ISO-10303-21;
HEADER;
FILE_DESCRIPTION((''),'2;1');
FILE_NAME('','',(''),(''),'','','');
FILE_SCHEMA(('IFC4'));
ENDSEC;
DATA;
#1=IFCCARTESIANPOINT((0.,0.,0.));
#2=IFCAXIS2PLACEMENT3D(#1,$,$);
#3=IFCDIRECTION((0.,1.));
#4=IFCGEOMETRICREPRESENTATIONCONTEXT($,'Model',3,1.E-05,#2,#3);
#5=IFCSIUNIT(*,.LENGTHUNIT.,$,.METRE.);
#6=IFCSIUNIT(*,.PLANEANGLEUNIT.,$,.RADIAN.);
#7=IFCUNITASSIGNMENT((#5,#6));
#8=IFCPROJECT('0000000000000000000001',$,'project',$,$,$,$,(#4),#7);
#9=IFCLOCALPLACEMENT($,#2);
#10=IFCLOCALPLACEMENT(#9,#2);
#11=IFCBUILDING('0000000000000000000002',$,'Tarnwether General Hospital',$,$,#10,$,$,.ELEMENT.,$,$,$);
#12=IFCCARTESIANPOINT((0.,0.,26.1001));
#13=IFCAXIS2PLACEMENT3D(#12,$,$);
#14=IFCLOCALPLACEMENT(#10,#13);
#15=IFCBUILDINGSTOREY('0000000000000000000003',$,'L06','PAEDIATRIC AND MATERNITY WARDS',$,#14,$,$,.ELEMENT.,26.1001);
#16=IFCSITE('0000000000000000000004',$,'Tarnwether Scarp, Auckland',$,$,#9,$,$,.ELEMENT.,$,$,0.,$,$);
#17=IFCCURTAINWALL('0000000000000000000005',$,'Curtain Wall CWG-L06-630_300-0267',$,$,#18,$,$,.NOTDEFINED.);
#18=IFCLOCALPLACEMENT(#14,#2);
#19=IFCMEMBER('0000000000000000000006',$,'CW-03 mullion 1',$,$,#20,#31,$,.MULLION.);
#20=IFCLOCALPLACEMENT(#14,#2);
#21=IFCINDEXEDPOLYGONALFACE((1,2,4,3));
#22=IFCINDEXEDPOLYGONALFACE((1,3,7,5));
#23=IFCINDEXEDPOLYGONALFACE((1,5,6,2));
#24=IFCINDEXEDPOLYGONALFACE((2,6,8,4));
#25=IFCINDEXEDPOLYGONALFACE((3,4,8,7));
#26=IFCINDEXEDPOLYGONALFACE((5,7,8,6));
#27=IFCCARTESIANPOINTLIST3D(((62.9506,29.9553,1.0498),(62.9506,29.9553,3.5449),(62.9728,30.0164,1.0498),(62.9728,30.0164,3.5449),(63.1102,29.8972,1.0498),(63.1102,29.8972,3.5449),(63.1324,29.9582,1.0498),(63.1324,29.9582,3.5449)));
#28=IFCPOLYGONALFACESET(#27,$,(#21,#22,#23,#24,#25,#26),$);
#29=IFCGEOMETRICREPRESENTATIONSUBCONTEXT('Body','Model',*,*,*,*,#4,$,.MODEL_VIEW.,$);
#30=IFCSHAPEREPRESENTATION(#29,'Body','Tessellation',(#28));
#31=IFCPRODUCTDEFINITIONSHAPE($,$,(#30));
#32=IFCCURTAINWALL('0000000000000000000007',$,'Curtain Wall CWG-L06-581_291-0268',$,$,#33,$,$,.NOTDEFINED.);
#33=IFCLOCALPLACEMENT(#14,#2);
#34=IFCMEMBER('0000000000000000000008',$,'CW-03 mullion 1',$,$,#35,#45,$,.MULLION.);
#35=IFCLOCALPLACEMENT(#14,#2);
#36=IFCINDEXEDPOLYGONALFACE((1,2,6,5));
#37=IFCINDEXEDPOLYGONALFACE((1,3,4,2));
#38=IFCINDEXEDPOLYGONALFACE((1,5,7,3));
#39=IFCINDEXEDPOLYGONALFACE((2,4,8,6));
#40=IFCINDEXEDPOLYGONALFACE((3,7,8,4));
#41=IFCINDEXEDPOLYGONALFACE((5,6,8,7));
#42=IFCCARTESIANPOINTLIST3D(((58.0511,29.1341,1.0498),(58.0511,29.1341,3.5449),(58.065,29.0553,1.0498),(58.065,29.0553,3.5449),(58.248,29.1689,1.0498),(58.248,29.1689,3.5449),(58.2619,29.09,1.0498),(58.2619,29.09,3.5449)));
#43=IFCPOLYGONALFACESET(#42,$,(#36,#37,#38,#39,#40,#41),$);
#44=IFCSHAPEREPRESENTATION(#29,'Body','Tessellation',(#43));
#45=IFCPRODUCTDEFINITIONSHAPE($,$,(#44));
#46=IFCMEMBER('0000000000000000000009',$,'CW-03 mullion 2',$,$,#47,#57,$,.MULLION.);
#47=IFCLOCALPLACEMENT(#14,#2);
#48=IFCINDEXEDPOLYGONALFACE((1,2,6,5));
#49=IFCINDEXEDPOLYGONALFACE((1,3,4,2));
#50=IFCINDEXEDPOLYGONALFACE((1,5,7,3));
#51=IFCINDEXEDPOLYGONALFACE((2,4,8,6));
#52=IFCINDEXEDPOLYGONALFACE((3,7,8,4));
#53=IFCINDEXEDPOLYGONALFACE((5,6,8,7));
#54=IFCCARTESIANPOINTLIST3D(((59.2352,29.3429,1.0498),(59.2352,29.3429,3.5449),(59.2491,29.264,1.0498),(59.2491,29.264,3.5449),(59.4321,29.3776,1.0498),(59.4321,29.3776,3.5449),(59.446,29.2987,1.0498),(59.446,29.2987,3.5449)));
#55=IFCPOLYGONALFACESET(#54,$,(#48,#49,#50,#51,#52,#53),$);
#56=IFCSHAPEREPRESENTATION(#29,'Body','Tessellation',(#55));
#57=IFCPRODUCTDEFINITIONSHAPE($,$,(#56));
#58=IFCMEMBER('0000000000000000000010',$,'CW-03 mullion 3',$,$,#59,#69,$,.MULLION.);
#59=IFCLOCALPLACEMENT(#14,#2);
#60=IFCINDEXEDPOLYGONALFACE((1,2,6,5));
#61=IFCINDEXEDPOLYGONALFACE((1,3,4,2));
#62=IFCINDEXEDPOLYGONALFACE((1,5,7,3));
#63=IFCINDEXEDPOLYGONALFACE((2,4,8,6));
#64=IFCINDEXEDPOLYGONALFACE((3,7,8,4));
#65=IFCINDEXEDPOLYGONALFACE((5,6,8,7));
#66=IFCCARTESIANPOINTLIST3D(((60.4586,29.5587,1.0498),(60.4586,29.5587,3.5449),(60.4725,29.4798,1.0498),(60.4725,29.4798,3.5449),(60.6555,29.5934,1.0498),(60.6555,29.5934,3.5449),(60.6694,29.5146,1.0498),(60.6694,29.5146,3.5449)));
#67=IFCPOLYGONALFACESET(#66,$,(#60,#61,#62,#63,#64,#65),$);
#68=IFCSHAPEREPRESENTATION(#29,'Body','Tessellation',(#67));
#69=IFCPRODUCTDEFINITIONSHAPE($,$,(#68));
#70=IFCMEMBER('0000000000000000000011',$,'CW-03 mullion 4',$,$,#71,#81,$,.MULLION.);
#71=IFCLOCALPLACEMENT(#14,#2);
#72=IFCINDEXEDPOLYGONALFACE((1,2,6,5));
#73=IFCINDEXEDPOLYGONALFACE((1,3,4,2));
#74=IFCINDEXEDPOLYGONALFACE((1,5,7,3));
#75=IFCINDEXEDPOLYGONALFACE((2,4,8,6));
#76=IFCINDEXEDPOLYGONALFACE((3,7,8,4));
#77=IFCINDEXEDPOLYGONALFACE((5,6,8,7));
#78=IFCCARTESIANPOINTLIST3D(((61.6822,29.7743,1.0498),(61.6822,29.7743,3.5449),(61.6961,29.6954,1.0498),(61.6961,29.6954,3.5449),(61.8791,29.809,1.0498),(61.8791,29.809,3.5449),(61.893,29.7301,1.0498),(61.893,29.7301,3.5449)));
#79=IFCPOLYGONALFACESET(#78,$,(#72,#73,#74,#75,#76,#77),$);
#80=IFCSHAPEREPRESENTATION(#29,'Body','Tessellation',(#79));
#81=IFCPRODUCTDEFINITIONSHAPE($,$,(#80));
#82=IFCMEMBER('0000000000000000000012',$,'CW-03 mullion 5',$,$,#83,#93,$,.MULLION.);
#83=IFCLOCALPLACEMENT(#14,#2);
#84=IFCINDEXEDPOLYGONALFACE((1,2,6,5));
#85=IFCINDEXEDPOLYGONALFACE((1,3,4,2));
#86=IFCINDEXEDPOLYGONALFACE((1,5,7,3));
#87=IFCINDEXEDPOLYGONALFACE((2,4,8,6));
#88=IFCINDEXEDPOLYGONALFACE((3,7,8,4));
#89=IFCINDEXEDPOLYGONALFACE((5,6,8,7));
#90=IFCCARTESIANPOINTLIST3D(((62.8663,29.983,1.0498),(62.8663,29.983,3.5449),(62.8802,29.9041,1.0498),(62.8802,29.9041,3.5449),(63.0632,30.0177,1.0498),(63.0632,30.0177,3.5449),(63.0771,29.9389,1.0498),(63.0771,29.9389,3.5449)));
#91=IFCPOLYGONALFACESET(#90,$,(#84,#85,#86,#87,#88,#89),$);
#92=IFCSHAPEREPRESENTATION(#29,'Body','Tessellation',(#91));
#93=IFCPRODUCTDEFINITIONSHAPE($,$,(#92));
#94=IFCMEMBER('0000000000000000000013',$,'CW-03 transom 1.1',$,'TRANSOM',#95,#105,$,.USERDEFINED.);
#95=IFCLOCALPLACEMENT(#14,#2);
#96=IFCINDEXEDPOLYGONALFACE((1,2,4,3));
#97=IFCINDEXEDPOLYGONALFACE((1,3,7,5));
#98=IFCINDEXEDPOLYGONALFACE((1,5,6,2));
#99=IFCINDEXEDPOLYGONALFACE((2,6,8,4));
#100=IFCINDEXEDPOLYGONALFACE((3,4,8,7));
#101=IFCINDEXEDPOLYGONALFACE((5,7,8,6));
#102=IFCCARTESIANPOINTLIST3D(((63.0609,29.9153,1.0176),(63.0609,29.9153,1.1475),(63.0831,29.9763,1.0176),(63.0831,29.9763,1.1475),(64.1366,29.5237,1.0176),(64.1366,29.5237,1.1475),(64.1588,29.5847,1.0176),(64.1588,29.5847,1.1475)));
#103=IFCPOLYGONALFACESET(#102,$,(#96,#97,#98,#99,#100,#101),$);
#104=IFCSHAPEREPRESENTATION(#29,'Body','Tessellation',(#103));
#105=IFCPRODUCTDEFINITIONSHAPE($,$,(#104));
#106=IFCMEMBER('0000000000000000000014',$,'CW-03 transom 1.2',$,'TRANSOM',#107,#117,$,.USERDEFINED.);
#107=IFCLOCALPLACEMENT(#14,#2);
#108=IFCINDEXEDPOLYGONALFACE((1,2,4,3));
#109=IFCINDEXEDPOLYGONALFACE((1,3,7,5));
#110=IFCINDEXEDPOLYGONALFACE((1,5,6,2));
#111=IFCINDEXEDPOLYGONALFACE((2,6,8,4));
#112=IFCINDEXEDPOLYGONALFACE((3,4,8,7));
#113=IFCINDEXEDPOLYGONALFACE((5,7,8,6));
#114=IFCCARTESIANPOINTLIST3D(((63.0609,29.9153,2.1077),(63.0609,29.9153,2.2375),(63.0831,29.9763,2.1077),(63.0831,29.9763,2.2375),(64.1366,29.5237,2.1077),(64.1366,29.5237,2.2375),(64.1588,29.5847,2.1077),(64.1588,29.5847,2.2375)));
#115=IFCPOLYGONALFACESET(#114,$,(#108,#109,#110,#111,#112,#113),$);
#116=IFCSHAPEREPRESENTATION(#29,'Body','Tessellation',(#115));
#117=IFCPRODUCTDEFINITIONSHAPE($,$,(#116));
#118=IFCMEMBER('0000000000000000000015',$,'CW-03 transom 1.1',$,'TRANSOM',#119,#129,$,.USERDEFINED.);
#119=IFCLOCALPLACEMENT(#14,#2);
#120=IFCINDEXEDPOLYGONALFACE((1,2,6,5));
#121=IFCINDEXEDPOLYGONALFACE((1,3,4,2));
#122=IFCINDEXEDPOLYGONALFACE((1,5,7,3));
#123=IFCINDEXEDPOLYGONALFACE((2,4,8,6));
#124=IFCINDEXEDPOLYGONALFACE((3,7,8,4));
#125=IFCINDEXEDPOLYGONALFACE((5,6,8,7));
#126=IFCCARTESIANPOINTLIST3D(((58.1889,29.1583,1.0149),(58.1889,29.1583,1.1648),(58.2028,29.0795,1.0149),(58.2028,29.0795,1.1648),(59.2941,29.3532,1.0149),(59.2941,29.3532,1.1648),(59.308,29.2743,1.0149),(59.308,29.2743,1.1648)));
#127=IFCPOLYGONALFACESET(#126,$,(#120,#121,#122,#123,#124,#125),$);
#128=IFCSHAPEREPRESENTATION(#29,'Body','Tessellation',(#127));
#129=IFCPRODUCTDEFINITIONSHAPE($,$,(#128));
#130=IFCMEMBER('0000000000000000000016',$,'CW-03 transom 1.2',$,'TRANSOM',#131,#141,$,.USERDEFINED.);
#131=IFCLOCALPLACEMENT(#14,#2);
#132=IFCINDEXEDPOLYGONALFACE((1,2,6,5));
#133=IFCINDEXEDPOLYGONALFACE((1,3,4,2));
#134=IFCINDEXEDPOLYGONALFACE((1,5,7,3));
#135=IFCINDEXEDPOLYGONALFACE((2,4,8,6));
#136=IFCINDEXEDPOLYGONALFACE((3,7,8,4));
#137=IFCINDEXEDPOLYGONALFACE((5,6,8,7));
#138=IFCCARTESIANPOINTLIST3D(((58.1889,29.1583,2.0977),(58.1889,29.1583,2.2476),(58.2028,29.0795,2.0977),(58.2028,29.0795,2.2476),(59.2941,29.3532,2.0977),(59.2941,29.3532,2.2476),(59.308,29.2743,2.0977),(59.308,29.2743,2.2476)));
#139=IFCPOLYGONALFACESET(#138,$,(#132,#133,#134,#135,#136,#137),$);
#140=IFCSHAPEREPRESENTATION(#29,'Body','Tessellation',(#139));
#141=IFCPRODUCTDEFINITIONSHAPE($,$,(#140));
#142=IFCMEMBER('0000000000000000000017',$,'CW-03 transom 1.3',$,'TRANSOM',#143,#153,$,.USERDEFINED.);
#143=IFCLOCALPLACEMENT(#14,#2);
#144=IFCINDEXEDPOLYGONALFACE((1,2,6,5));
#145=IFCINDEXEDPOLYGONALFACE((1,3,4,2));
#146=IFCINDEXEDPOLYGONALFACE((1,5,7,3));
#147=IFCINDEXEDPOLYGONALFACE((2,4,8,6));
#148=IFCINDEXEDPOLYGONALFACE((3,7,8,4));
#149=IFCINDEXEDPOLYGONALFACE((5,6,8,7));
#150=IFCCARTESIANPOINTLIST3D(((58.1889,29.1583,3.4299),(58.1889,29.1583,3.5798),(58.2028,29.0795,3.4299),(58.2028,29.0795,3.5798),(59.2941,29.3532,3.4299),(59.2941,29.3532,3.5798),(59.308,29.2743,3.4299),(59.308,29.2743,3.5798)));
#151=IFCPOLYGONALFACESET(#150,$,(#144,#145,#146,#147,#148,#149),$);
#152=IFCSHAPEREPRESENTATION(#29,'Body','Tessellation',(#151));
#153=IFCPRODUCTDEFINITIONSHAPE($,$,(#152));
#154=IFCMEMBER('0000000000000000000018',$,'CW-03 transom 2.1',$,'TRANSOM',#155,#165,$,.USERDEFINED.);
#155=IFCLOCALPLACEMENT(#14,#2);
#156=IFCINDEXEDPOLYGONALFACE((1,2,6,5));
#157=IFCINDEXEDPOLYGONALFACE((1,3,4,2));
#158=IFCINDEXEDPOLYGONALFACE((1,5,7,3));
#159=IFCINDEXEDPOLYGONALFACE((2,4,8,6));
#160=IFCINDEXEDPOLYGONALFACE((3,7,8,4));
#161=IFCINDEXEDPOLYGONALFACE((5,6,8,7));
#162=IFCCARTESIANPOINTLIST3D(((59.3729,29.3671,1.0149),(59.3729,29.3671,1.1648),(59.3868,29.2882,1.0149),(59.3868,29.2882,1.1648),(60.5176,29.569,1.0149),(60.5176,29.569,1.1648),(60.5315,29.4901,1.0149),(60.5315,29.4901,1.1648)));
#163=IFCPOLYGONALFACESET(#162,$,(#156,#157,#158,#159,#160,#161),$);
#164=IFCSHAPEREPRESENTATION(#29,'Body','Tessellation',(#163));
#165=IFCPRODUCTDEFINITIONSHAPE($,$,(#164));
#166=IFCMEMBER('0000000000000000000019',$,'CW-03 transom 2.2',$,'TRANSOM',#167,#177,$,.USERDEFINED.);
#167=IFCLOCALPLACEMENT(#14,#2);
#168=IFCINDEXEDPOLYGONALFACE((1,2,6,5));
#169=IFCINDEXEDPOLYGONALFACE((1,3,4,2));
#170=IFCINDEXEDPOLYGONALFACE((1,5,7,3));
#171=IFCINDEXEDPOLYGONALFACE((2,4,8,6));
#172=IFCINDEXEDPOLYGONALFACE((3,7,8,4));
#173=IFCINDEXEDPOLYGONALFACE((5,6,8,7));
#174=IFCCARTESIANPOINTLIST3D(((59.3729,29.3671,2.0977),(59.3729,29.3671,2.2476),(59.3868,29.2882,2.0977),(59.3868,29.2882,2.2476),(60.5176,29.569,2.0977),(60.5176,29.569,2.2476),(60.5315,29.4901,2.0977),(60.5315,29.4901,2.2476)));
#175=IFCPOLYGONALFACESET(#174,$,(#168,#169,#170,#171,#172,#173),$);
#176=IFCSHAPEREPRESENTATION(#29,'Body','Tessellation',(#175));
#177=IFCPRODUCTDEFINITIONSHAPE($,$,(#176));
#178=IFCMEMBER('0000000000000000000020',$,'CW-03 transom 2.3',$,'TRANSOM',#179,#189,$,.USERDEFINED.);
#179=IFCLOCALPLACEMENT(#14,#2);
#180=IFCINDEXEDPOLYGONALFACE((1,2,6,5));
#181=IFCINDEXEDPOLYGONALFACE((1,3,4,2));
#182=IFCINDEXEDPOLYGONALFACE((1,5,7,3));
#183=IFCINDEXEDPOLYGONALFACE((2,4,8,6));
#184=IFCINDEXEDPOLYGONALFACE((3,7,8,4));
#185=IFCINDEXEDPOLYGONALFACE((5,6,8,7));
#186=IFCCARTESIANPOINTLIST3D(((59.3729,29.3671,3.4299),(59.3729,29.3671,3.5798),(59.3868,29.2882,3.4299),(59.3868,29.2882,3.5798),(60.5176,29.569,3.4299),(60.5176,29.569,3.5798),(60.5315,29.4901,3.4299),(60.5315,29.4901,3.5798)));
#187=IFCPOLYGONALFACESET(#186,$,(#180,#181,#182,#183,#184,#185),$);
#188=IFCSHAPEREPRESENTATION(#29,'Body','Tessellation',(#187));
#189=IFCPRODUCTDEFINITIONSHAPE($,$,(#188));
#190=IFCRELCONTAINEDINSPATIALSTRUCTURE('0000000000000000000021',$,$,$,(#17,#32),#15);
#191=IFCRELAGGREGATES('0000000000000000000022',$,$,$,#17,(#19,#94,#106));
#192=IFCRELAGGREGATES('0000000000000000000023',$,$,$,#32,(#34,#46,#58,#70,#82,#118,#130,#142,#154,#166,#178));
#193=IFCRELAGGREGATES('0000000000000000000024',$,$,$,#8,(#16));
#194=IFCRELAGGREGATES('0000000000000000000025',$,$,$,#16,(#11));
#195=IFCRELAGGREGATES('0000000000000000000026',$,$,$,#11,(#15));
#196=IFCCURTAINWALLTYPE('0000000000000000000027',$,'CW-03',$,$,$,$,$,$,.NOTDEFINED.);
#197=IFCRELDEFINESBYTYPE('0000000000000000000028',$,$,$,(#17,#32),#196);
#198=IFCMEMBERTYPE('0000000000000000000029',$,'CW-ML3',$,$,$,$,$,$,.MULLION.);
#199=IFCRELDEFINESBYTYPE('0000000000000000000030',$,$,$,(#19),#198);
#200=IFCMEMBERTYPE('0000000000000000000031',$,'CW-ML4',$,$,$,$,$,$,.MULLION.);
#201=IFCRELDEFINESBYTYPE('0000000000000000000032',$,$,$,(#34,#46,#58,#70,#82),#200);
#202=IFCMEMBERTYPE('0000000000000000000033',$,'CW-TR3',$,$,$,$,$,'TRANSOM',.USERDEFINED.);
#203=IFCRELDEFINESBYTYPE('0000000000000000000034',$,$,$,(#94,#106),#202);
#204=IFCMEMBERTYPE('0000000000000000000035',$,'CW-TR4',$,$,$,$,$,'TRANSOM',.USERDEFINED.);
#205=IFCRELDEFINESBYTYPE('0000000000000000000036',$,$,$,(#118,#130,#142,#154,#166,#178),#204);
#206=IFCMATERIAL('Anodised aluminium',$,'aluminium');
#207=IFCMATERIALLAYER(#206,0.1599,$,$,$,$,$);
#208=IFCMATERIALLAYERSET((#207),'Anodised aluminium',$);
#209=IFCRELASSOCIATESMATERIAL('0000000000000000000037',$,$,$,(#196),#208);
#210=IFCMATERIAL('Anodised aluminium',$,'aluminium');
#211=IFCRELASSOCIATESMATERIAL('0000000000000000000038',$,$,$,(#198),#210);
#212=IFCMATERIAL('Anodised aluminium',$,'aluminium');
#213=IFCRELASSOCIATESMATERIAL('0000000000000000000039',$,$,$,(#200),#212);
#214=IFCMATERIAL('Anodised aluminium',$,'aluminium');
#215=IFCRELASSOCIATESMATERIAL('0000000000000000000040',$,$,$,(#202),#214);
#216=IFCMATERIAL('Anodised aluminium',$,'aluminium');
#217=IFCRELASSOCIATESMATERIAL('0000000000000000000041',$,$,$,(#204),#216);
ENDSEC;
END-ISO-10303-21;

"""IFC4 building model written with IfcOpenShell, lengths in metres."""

from ifc_helpers import new_model, si_unit, direction, frame, origin, origin_2d, place, context, subcontext, project, spatial, rectangle, extrude, material, layer, layer_set, material_profile, profile_set, type_object, element, aggregate, save


model = new_model("IFC4")

# Units and contexts
model_context = context("Model", 3, precision=1e-05, world=origin(), true_north=direction((0.0, 1.0)))
body_context = subcontext(model_context, "Body", "Model", "MODEL_VIEW")
ifc_project = project(units=[si_unit("LENGTHUNIT", "METRE"), si_unit("PLANEANGLEUNIT", "RADIAN")], contexts=[model_context])

# Site, building, storey
site_placement = place(None, origin())
site = spatial("IfcSite", under=ifc_project, at=site_placement, Name="Tarnwether Scarp, Auckland", CompositionType="ELEMENT", RefElevation=0.0)
building_placement = place(site_placement, origin())
building = spatial("IfcBuilding", under=site, at=building_placement, Name="Tarnwether General Hospital", CompositionType="ELEMENT")
storey_placement = place(building_placement, frame((0.0, 0.0, 26.1001)))
storey = spatial("IfcBuildingStorey", under=building, at=storey_placement, Name="L06", Description="PAEDIATRIC AND MATERNITY WARDS", CompositionType="ELEMENT", Elevation=26.1001)

# Curtain wall, member
ifc_material_1 = material(Name="Anodised aluminium", Category="aluminium")
ifc_layer_1 = layer(ifc_material_1, 0.1599)
ifc_layer_set_1 = layer_set([ifc_layer_1], Name="Anodised aluminium")
curtain_wall_type = type_object("IfcCurtainWallType", Name="CW-03", PredefinedType="NOTDEFINED", material=ifc_layer_set_1)
curtain_wall_1_placement = place(storey_placement, origin())
curtain_wall_1 = element("IfcCurtainWall", 1, at=curtain_wall_1_placement, inside=storey, type_object=curtain_wall_type, Name="Curtain Wall CWG-L06-630_300-0267", PredefinedType="NOTDEFINED")
ifc_material_2 = material(Name="Anodised aluminium", Category="aluminium")
ifc_material_profile_1 = material_profile(ifc_material_2, rectangle(XDim=0.0649, YDim=0.1699, at=origin_2d()), Name="ALU-MUL-65x170")
ifc_profile_set_1 = profile_set([ifc_material_profile_1], Name="Anodised aluminium")
member_type_1 = type_object("IfcMemberType", Name="CW-ML3", PredefinedType="MULLION", material=ifc_profile_set_1)
member_1_placement = place(storey_placement, frame((63.0415, 29.9568, 1.0498), z_axis=(0.0, 0.0, 1.0), x_axis=(0.342131, 0.939652, 0.0)))
member_1 = element("IfcMember", 2, at=member_1_placement, type_object=member_type_1, Name="CW-03 mullion 1", PredefinedType="MULLION", context=body_context, shape_type="SweptSolid", body=[
    extrude(rectangle(XDim=0.0649, YDim=0.1699, at=origin_2d()), origin(), (0.0, 0.0, 1.0), 2.4951),
])

# Curtain wall, members
curtain_wall_2_placement = place(storey_placement, origin())
curtain_wall_2 = element("IfcCurtainWall", 3, at=curtain_wall_2_placement, inside=storey, type_object=curtain_wall_type, Name="Curtain Wall CWG-L06-581_291-0268", PredefinedType="NOTDEFINED")
ifc_material_3 = material(Name="Anodised aluminium", Category="aluminium")
ifc_material_profile_2 = material_profile(ifc_material_3, rectangle(XDim=0.0801, YDim=0.2, at=origin_2d()), Name="ALU-MUL-80x200")
ifc_profile_set_2 = profile_set([ifc_material_profile_2], Name="Anodised aluminium")
member_type_2 = type_object("IfcMemberType", Name="CW-ML4", PredefinedType="MULLION", material=ifc_profile_set_2)
member_2_placement = place(storey_placement, frame((58.1565, 29.1121, 1.0498), z_axis=(0.0, 0.0, 1.0), x_axis=(-0.173659, 0.984806, 0.0)))
member_2 = element("IfcMember", 4, at=member_2_placement, type_object=member_type_2, Name="CW-03 mullion 1", PredefinedType="MULLION", context=body_context, shape_type="SweptSolid", body=[
    extrude(rectangle(XDim=0.0801, YDim=0.2, at=origin_2d()), origin(), (0.0, 0.0, 1.0), 2.4951),
])
member_3_placement = place(storey_placement, frame((59.3406, 29.3208, 1.0498), z_axis=(0.0, 0.0, 1.0), x_axis=(-0.173659, 0.984806, 0.0)))
member_3 = element("IfcMember", 5, at=member_3_placement, type_object=member_type_2, Name="CW-03 mullion 2", PredefinedType="MULLION", context=body_context, shape_type="SweptSolid", body=[
    extrude(rectangle(XDim=0.0801, YDim=0.2, at=origin_2d()), origin(), (0.0, 0.0, 1.0), 2.4951),
])
member_4_placement = place(storey_placement, frame((60.564, 29.5366, 1.0498), z_axis=(0.0, 0.0, 1.0), x_axis=(-0.173659, 0.984806, 0.0)))
member_4 = element("IfcMember", 6, at=member_4_placement, type_object=member_type_2, Name="CW-03 mullion 3", PredefinedType="MULLION", context=body_context, shape_type="SweptSolid", body=[
    extrude(rectangle(XDim=0.0801, YDim=0.2, at=origin_2d()), origin(), (0.0, 0.0, 1.0), 2.4951),
])
member_5_placement = place(storey_placement, frame((61.7876, 29.7522, 1.0498), z_axis=(0.0, 0.0, 1.0), x_axis=(-0.173659, 0.984806, 0.0)))
member_5 = element("IfcMember", 7, at=member_5_placement, type_object=member_type_2, Name="CW-03 mullion 4", PredefinedType="MULLION", context=body_context, shape_type="SweptSolid", body=[
    extrude(rectangle(XDim=0.0801, YDim=0.2, at=origin_2d()), origin(), (0.0, 0.0, 1.0), 2.4951),
])
member_6_placement = place(storey_placement, frame((62.9717, 29.9609, 1.0498), z_axis=(0.0, 0.0, 1.0), x_axis=(-0.173659, 0.984806, 0.0)))
member_6 = element("IfcMember", 8, at=member_6_placement, type_object=member_type_2, Name="CW-03 mullion 5", PredefinedType="MULLION", context=body_context, shape_type="SweptSolid", body=[
    extrude(rectangle(XDim=0.0801, YDim=0.2, at=origin_2d()), origin(), (0.0, 0.0, 1.0), 2.4951),
])

# Members
ifc_material_4 = material(Name="Anodised aluminium", Category="aluminium")
ifc_material_profile_3 = material_profile(ifc_material_4, rectangle(XDim=0.0649, YDim=0.1299, at=origin_2d()), Name="ALU-TRN-65x130")
ifc_profile_set_3 = profile_set([ifc_material_profile_3], Name="Anodised aluminium")
member_type_3 = type_object("IfcMemberType", Name="CW-TR3", ElementType="TRANSOM", PredefinedType="USERDEFINED", material=ifc_profile_set_3)
member_7_placement = place(storey_placement, frame((63.072, 29.9458, 1.0825), z_axis=(0.939669, -0.342086, 0.0), x_axis=(0.342086, 0.939669, 0.0)))
member_7 = element("IfcMember", 9, at=member_7_placement, type_object=member_type_3, Name="CW-03 transom 1.1", ObjectType="TRANSOM", PredefinedType="USERDEFINED", context=body_context, shape_type="SweptSolid", body=[
    extrude(rectangle(XDim=0.0649, YDim=0.1299, at=origin_2d()), origin(), (0.0, 0.0, 1.0), 1.1448),
])
member_8_placement = place(storey_placement, frame((63.072, 29.9458, 2.1726), z_axis=(0.939669, -0.342086, 0.0), x_axis=(0.342086, 0.939669, 0.0)))
member_8 = element("IfcMember", 10, at=member_8_placement, type_object=member_type_3, Name="CW-03 transom 1.2", ObjectType="TRANSOM", PredefinedType="USERDEFINED", context=body_context, shape_type="SweptSolid", body=[
    extrude(rectangle(XDim=0.0649, YDim=0.1299, at=origin_2d()), origin(), (0.0, 0.0, 1.0), 1.1448),
])
aggregate(curtain_wall_1, [member_1, member_7, member_8])
ifc_material_5 = material(Name="Anodised aluminium", Category="aluminium")
ifc_material_profile_4 = material_profile(ifc_material_5, rectangle(XDim=0.0801, YDim=0.1499, at=origin_2d()), Name="ALU-TRN-80x150")
ifc_profile_set_4 = profile_set([ifc_material_profile_4], Name="Anodised aluminium")
member_type_4 = type_object("IfcMemberType", Name="CW-TR4", ElementType="TRANSOM", PredefinedType="USERDEFINED", material=ifc_profile_set_4)
member_9_placement = place(storey_placement, frame((58.1958, 29.1189, 1.0898), z_axis=(0.984816, 0.173599, 0.0), x_axis=(-0.173599, 0.984816, 0.0)))
member_9 = element("IfcMember", 11, at=member_9_placement, type_object=member_type_4, Name="CW-03 transom 1.1", ObjectType="TRANSOM", PredefinedType="USERDEFINED", context=body_context, shape_type="SweptSolid", body=[
    extrude(rectangle(XDim=0.0801, YDim=0.1499, at=origin_2d()), origin(), (0.0, 0.0, 1.0), 1.1223),
])
member_10_placement = place(storey_placement, frame((58.1958, 29.1189, 2.1726), z_axis=(0.984816, 0.173599, 0.0), x_axis=(-0.173599, 0.984816, 0.0)))
member_10 = element("IfcMember", 12, at=member_10_placement, type_object=member_type_4, Name="CW-03 transom 1.2", ObjectType="TRANSOM", PredefinedType="USERDEFINED", context=body_context, shape_type="SweptSolid", body=[
    extrude(rectangle(XDim=0.0801, YDim=0.1499, at=origin_2d()), origin(), (0.0, 0.0, 1.0), 1.1223),
])
member_11_placement = place(storey_placement, frame((58.1958, 29.1189, 3.5049), z_axis=(0.984816, 0.173599, 0.0), x_axis=(-0.173599, 0.984816, 0.0)))
member_11 = element("IfcMember", 13, at=member_11_placement, type_object=member_type_4, Name="CW-03 transom 1.3", ObjectType="TRANSOM", PredefinedType="USERDEFINED", context=body_context, shape_type="SweptSolid", body=[
    extrude(rectangle(XDim=0.0801, YDim=0.1499, at=origin_2d()), origin(), (0.0, 0.0, 1.0), 1.1223),
])
member_12_placement = place(storey_placement, frame((59.3799, 29.3276, 1.0898), z_axis=(0.9848, 0.173689, 0.0), x_axis=(-0.173689, 0.9848, 0.0)))
member_12 = element("IfcMember", 14, at=member_12_placement, type_object=member_type_4, Name="CW-03 transom 2.1", ObjectType="TRANSOM", PredefinedType="USERDEFINED", context=body_context, shape_type="SweptSolid", body=[
    extrude(rectangle(XDim=0.0801, YDim=0.1499, at=origin_2d()), origin(), (0.0, 0.0, 1.0), 1.1624),
])
member_13_placement = place(storey_placement, frame((59.3799, 29.3276, 2.1726), z_axis=(0.9848, 0.173689, 0.0), x_axis=(-0.173689, 0.9848, 0.0)))
member_13 = element("IfcMember", 15, at=member_13_placement, type_object=member_type_4, Name="CW-03 transom 2.2", ObjectType="TRANSOM", PredefinedType="USERDEFINED", context=body_context, shape_type="SweptSolid", body=[
    extrude(rectangle(XDim=0.0801, YDim=0.1499, at=origin_2d()), origin(), (0.0, 0.0, 1.0), 1.1624),
])
member_14_placement = place(storey_placement, frame((59.3799, 29.3276, 3.5049), z_axis=(0.9848, 0.173689, 0.0), x_axis=(-0.173689, 0.9848, 0.0)))
member_14 = element("IfcMember", 16, at=member_14_placement, type_object=member_type_4, Name="CW-03 transom 2.3", ObjectType="TRANSOM", PredefinedType="USERDEFINED", context=body_context, shape_type="SweptSolid", body=[
    extrude(rectangle(XDim=0.0801, YDim=0.1499, at=origin_2d()), origin(), (0.0, 0.0, 1.0), 1.1624),
])

aggregate(curtain_wall_2, [member_2, member_3, member_4, member_5, member_6, member_9, member_10, member_11, member_12, member_13, member_14])

save(model, "model.ifc")
